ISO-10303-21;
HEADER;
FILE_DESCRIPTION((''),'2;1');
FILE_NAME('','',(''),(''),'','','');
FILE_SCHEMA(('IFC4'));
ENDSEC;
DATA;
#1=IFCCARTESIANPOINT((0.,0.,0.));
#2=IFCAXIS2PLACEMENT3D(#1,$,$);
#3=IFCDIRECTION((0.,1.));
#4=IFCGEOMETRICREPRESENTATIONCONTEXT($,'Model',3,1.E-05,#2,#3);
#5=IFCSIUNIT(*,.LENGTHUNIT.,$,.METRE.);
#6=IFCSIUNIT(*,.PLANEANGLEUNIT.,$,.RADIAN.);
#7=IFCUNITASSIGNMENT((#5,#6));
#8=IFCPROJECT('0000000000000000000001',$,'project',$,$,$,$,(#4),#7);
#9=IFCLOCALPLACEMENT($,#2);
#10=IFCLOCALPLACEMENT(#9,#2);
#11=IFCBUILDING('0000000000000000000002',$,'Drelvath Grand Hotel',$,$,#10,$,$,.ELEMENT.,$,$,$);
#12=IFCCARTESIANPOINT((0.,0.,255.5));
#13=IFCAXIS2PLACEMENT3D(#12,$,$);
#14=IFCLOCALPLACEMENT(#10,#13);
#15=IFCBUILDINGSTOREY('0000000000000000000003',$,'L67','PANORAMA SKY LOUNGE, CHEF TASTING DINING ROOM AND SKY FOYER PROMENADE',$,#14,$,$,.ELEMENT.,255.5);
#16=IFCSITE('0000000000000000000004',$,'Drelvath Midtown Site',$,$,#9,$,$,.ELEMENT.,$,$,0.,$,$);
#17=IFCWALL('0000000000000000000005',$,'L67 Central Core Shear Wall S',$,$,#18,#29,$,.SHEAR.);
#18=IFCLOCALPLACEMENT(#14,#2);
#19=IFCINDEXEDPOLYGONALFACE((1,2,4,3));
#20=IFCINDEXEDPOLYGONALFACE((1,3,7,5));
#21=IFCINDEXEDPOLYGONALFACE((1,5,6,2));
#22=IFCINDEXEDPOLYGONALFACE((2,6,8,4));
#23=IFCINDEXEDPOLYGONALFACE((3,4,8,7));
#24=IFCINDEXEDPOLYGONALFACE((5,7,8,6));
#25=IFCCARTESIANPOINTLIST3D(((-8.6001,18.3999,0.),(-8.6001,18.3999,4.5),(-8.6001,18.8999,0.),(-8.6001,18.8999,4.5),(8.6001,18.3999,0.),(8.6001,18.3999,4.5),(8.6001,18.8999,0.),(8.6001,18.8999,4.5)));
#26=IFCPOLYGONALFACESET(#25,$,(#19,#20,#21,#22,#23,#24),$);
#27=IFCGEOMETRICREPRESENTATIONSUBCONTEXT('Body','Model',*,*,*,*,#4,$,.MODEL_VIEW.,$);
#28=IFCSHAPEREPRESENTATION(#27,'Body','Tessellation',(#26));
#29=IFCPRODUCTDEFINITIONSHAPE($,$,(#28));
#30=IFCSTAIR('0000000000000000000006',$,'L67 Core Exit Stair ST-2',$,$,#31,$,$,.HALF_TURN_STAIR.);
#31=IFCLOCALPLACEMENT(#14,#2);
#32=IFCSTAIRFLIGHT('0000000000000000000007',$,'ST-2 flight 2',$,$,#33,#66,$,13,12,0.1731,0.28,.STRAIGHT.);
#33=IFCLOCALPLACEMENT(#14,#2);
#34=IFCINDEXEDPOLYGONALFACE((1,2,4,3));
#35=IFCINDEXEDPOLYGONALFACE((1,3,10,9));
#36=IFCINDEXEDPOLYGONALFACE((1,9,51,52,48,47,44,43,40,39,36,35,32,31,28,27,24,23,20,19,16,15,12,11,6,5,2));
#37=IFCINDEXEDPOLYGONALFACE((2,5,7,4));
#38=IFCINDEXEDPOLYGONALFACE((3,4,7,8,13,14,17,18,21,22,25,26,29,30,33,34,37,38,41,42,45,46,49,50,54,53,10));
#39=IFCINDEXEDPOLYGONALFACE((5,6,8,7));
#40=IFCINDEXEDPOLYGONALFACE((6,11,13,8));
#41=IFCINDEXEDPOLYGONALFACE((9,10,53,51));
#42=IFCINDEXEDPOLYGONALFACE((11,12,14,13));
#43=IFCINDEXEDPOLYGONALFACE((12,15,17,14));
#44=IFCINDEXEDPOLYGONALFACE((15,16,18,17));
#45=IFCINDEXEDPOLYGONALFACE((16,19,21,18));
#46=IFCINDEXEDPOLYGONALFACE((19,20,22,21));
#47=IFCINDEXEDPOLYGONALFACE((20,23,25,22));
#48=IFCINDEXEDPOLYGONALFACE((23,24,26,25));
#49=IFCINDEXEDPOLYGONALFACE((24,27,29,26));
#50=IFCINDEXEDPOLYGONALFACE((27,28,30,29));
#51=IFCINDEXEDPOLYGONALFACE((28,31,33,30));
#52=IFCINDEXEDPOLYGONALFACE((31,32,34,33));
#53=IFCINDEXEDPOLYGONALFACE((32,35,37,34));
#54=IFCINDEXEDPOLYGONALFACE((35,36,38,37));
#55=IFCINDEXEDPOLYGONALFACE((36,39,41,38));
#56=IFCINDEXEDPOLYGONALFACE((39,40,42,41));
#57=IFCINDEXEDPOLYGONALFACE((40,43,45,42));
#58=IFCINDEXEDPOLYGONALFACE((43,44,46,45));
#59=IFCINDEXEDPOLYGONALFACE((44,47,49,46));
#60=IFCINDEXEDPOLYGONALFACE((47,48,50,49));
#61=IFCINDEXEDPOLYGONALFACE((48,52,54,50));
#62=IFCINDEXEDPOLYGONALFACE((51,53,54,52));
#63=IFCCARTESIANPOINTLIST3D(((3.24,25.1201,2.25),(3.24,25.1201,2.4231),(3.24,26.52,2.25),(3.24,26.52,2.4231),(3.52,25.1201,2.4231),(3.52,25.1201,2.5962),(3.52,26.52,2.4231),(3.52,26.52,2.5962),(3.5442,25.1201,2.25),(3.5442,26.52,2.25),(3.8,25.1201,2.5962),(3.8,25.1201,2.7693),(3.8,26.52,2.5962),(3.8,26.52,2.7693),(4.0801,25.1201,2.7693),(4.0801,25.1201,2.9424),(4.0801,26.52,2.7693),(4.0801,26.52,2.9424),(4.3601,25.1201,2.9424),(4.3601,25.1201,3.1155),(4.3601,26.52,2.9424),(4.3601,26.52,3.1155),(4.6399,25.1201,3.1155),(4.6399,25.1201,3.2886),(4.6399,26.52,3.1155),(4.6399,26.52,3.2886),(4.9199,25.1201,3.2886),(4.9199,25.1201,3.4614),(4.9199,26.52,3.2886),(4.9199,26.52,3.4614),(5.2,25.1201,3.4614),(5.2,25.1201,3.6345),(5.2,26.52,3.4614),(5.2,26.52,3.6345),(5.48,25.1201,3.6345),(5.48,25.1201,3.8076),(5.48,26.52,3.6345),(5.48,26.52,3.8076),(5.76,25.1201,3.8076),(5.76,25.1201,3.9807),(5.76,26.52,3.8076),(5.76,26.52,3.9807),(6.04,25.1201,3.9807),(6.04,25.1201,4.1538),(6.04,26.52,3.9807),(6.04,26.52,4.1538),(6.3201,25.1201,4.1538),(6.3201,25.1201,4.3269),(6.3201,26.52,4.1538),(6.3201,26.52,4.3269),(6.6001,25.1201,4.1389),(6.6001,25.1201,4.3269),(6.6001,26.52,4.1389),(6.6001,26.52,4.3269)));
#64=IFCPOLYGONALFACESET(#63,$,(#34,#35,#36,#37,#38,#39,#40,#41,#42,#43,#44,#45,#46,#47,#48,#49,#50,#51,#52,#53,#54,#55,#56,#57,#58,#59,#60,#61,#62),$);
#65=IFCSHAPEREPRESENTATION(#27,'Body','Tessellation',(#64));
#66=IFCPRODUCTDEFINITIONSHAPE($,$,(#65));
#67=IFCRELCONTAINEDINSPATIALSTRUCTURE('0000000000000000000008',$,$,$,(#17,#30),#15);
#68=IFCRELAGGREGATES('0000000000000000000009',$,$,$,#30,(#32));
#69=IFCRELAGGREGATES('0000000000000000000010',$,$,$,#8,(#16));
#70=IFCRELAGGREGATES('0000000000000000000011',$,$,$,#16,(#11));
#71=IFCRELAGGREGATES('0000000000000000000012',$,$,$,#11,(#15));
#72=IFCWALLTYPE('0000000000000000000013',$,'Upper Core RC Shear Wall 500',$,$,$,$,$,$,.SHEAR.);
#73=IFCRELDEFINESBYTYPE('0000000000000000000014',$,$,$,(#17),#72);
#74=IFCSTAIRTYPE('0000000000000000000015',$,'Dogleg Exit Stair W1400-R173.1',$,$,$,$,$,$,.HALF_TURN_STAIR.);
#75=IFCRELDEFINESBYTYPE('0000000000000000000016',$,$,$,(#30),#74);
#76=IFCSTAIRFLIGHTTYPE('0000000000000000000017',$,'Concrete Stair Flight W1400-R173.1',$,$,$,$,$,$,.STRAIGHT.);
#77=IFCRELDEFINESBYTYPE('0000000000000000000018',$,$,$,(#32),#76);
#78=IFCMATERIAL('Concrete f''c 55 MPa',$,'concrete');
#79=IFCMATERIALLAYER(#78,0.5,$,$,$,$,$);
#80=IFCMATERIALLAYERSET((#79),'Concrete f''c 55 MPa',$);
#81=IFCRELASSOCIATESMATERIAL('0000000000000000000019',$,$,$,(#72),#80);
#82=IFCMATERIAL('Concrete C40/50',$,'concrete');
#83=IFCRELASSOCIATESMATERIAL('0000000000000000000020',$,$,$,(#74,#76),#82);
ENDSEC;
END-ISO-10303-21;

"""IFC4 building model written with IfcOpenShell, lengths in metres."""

from ifc_helpers import new_model, si_unit, direction, frame, frame_2d, origin, place, context, subcontext, project, spatial, polyline, rectangle, outline, extrude, material, layer, layer_set, type_object, element, aggregate, save


model = new_model("IFC4")

# Units and contexts
model_context = context("Model", 3, precision=1e-05, world=origin(), true_north=direction((0.0, 1.0)))
body_context = subcontext(model_context, "Body", "Model", "MODEL_VIEW")
ifc_project = project(units=[si_unit("LENGTHUNIT", "METRE"), si_unit("PLANEANGLEUNIT", "RADIAN")], contexts=[model_context])

# Site, building, storey
site_placement = place(None, origin())
site = spatial("IfcSite", under=ifc_project, at=site_placement, Name="Drelvath Midtown Site", CompositionType="ELEMENT", RefElevation=0.0)
building_placement = place(site_placement, origin())
building = spatial("IfcBuilding", under=site, at=building_placement, Name="Drelvath Grand Hotel", CompositionType="ELEMENT")
storey_placement = place(building_placement, frame((0.0, 0.0, 255.5)))
storey = spatial("IfcBuildingStorey", under=building, at=storey_placement, Name="L67", Description="PANORAMA SKY LOUNGE, CHEF TASTING DINING ROOM AND SKY FOYER PROMENADE", CompositionType="ELEMENT", Elevation=255.5)

# Shared definitions
ifc_material_1 = material(Name="Concrete f'c 55 MPa", Category="concrete")

# Shared definitions
ifc_material_2 = material(Name="Concrete C40/50", Category="concrete")

# Wall
ifc_layer_1 = layer(ifc_material_1, 0.5)
ifc_layer_set_1 = layer_set([ifc_layer_1], Name="Concrete f'c 55 MPa")
wall_type_1 = type_object("IfcWallType", Name="Upper Core RC Shear Wall 500", PredefinedType="SHEAR", material=ifc_layer_set_1)
wall_1_placement = place(storey_placement, frame((8.6001, 18.6499, 0.0), z_axis=(0.0, 0.0, 1.0), x_axis=(-1.0, 0.0, 0.0)))
element("IfcWall", 1, at=wall_1_placement, inside=storey, type_object=wall_type_1, Name="L67 Central Core Shear Wall S", PredefinedType="SHEAR", context=body_context, shape_type="SweptSolid", body=[
    extrude(rectangle(XDim=17.2002, YDim=0.5, at=frame_2d((8.6001, 0.0))), origin(), (0.0, 0.0, 1.0), 4.5),
])

# Stair, stair flight
stair_type = type_object("IfcStairType", Name="Dogleg Exit Stair W1400-R173.1", PredefinedType="HALF_TURN_STAIR", material=ifc_material_2)
stair_placement = place(storey_placement, origin())
stair = element("IfcStair", 2, at=stair_placement, inside=storey, type_object=stair_type, Name="L67 Core Exit Stair ST-2", PredefinedType="HALF_TURN_STAIR")
stair_flight_type = type_object("IfcStairFlightType", Name="Concrete Stair Flight W1400-R173.1", PredefinedType="STRAIGHT", material=ifc_material_2)
stair_flight_placement = place(storey_placement, frame((3.24, 25.8201, 2.25), z_axis=(0.0, 0.0, 1.0), x_axis=(1.0, 0.0, 0.0)))
stair_flight = element("IfcStairFlight", 3, at=stair_flight_placement, type_object=stair_flight_type, Name="ST-2 flight 2", NumberOfRisers=13, NumberOfTreads=12, PredefinedType="STRAIGHT", RiserHeight=0.1731, TreadLength=0.28, context=body_context, shape_type="SweptSolid", body=[
    extrude(outline(polyline([(0.0, 0.0), (0.0, 0.1731), (0.28, 0.1731), (0.28, 0.3462), (0.5601, 0.3462), (0.5601, 0.5193), (0.8401, 0.5193), (0.8401, 0.6924), (1.1201, 0.6924), (1.1201, 0.8655), (1.3999, 0.8655), (1.3999, 1.0386), (1.6799, 1.0386), (1.6799, 1.2114), (1.96, 1.2114), (1.96, 1.3845), (2.24, 1.3845), (2.24, 1.5576), (2.52, 1.5576), (2.52, 1.7307), (2.8, 1.7307), (2.8, 1.9038), (3.0801, 1.9038), (3.0801, 2.0769), (3.3601, 2.0769), (3.3601, 2.25), (3.3601, 1.8889), (0.3042, 0.0), (0.0, 0.0)])), frame((0.0, 0.7, 0.0), z_axis=(0.0, -1.0, 0.0), x_axis=(1.0, 0.0, 0.0)), (0.0, 0.0, 1.0), 1.3999),
])
aggregate(stair, [stair_flight])

save(model, "model.ifc")
